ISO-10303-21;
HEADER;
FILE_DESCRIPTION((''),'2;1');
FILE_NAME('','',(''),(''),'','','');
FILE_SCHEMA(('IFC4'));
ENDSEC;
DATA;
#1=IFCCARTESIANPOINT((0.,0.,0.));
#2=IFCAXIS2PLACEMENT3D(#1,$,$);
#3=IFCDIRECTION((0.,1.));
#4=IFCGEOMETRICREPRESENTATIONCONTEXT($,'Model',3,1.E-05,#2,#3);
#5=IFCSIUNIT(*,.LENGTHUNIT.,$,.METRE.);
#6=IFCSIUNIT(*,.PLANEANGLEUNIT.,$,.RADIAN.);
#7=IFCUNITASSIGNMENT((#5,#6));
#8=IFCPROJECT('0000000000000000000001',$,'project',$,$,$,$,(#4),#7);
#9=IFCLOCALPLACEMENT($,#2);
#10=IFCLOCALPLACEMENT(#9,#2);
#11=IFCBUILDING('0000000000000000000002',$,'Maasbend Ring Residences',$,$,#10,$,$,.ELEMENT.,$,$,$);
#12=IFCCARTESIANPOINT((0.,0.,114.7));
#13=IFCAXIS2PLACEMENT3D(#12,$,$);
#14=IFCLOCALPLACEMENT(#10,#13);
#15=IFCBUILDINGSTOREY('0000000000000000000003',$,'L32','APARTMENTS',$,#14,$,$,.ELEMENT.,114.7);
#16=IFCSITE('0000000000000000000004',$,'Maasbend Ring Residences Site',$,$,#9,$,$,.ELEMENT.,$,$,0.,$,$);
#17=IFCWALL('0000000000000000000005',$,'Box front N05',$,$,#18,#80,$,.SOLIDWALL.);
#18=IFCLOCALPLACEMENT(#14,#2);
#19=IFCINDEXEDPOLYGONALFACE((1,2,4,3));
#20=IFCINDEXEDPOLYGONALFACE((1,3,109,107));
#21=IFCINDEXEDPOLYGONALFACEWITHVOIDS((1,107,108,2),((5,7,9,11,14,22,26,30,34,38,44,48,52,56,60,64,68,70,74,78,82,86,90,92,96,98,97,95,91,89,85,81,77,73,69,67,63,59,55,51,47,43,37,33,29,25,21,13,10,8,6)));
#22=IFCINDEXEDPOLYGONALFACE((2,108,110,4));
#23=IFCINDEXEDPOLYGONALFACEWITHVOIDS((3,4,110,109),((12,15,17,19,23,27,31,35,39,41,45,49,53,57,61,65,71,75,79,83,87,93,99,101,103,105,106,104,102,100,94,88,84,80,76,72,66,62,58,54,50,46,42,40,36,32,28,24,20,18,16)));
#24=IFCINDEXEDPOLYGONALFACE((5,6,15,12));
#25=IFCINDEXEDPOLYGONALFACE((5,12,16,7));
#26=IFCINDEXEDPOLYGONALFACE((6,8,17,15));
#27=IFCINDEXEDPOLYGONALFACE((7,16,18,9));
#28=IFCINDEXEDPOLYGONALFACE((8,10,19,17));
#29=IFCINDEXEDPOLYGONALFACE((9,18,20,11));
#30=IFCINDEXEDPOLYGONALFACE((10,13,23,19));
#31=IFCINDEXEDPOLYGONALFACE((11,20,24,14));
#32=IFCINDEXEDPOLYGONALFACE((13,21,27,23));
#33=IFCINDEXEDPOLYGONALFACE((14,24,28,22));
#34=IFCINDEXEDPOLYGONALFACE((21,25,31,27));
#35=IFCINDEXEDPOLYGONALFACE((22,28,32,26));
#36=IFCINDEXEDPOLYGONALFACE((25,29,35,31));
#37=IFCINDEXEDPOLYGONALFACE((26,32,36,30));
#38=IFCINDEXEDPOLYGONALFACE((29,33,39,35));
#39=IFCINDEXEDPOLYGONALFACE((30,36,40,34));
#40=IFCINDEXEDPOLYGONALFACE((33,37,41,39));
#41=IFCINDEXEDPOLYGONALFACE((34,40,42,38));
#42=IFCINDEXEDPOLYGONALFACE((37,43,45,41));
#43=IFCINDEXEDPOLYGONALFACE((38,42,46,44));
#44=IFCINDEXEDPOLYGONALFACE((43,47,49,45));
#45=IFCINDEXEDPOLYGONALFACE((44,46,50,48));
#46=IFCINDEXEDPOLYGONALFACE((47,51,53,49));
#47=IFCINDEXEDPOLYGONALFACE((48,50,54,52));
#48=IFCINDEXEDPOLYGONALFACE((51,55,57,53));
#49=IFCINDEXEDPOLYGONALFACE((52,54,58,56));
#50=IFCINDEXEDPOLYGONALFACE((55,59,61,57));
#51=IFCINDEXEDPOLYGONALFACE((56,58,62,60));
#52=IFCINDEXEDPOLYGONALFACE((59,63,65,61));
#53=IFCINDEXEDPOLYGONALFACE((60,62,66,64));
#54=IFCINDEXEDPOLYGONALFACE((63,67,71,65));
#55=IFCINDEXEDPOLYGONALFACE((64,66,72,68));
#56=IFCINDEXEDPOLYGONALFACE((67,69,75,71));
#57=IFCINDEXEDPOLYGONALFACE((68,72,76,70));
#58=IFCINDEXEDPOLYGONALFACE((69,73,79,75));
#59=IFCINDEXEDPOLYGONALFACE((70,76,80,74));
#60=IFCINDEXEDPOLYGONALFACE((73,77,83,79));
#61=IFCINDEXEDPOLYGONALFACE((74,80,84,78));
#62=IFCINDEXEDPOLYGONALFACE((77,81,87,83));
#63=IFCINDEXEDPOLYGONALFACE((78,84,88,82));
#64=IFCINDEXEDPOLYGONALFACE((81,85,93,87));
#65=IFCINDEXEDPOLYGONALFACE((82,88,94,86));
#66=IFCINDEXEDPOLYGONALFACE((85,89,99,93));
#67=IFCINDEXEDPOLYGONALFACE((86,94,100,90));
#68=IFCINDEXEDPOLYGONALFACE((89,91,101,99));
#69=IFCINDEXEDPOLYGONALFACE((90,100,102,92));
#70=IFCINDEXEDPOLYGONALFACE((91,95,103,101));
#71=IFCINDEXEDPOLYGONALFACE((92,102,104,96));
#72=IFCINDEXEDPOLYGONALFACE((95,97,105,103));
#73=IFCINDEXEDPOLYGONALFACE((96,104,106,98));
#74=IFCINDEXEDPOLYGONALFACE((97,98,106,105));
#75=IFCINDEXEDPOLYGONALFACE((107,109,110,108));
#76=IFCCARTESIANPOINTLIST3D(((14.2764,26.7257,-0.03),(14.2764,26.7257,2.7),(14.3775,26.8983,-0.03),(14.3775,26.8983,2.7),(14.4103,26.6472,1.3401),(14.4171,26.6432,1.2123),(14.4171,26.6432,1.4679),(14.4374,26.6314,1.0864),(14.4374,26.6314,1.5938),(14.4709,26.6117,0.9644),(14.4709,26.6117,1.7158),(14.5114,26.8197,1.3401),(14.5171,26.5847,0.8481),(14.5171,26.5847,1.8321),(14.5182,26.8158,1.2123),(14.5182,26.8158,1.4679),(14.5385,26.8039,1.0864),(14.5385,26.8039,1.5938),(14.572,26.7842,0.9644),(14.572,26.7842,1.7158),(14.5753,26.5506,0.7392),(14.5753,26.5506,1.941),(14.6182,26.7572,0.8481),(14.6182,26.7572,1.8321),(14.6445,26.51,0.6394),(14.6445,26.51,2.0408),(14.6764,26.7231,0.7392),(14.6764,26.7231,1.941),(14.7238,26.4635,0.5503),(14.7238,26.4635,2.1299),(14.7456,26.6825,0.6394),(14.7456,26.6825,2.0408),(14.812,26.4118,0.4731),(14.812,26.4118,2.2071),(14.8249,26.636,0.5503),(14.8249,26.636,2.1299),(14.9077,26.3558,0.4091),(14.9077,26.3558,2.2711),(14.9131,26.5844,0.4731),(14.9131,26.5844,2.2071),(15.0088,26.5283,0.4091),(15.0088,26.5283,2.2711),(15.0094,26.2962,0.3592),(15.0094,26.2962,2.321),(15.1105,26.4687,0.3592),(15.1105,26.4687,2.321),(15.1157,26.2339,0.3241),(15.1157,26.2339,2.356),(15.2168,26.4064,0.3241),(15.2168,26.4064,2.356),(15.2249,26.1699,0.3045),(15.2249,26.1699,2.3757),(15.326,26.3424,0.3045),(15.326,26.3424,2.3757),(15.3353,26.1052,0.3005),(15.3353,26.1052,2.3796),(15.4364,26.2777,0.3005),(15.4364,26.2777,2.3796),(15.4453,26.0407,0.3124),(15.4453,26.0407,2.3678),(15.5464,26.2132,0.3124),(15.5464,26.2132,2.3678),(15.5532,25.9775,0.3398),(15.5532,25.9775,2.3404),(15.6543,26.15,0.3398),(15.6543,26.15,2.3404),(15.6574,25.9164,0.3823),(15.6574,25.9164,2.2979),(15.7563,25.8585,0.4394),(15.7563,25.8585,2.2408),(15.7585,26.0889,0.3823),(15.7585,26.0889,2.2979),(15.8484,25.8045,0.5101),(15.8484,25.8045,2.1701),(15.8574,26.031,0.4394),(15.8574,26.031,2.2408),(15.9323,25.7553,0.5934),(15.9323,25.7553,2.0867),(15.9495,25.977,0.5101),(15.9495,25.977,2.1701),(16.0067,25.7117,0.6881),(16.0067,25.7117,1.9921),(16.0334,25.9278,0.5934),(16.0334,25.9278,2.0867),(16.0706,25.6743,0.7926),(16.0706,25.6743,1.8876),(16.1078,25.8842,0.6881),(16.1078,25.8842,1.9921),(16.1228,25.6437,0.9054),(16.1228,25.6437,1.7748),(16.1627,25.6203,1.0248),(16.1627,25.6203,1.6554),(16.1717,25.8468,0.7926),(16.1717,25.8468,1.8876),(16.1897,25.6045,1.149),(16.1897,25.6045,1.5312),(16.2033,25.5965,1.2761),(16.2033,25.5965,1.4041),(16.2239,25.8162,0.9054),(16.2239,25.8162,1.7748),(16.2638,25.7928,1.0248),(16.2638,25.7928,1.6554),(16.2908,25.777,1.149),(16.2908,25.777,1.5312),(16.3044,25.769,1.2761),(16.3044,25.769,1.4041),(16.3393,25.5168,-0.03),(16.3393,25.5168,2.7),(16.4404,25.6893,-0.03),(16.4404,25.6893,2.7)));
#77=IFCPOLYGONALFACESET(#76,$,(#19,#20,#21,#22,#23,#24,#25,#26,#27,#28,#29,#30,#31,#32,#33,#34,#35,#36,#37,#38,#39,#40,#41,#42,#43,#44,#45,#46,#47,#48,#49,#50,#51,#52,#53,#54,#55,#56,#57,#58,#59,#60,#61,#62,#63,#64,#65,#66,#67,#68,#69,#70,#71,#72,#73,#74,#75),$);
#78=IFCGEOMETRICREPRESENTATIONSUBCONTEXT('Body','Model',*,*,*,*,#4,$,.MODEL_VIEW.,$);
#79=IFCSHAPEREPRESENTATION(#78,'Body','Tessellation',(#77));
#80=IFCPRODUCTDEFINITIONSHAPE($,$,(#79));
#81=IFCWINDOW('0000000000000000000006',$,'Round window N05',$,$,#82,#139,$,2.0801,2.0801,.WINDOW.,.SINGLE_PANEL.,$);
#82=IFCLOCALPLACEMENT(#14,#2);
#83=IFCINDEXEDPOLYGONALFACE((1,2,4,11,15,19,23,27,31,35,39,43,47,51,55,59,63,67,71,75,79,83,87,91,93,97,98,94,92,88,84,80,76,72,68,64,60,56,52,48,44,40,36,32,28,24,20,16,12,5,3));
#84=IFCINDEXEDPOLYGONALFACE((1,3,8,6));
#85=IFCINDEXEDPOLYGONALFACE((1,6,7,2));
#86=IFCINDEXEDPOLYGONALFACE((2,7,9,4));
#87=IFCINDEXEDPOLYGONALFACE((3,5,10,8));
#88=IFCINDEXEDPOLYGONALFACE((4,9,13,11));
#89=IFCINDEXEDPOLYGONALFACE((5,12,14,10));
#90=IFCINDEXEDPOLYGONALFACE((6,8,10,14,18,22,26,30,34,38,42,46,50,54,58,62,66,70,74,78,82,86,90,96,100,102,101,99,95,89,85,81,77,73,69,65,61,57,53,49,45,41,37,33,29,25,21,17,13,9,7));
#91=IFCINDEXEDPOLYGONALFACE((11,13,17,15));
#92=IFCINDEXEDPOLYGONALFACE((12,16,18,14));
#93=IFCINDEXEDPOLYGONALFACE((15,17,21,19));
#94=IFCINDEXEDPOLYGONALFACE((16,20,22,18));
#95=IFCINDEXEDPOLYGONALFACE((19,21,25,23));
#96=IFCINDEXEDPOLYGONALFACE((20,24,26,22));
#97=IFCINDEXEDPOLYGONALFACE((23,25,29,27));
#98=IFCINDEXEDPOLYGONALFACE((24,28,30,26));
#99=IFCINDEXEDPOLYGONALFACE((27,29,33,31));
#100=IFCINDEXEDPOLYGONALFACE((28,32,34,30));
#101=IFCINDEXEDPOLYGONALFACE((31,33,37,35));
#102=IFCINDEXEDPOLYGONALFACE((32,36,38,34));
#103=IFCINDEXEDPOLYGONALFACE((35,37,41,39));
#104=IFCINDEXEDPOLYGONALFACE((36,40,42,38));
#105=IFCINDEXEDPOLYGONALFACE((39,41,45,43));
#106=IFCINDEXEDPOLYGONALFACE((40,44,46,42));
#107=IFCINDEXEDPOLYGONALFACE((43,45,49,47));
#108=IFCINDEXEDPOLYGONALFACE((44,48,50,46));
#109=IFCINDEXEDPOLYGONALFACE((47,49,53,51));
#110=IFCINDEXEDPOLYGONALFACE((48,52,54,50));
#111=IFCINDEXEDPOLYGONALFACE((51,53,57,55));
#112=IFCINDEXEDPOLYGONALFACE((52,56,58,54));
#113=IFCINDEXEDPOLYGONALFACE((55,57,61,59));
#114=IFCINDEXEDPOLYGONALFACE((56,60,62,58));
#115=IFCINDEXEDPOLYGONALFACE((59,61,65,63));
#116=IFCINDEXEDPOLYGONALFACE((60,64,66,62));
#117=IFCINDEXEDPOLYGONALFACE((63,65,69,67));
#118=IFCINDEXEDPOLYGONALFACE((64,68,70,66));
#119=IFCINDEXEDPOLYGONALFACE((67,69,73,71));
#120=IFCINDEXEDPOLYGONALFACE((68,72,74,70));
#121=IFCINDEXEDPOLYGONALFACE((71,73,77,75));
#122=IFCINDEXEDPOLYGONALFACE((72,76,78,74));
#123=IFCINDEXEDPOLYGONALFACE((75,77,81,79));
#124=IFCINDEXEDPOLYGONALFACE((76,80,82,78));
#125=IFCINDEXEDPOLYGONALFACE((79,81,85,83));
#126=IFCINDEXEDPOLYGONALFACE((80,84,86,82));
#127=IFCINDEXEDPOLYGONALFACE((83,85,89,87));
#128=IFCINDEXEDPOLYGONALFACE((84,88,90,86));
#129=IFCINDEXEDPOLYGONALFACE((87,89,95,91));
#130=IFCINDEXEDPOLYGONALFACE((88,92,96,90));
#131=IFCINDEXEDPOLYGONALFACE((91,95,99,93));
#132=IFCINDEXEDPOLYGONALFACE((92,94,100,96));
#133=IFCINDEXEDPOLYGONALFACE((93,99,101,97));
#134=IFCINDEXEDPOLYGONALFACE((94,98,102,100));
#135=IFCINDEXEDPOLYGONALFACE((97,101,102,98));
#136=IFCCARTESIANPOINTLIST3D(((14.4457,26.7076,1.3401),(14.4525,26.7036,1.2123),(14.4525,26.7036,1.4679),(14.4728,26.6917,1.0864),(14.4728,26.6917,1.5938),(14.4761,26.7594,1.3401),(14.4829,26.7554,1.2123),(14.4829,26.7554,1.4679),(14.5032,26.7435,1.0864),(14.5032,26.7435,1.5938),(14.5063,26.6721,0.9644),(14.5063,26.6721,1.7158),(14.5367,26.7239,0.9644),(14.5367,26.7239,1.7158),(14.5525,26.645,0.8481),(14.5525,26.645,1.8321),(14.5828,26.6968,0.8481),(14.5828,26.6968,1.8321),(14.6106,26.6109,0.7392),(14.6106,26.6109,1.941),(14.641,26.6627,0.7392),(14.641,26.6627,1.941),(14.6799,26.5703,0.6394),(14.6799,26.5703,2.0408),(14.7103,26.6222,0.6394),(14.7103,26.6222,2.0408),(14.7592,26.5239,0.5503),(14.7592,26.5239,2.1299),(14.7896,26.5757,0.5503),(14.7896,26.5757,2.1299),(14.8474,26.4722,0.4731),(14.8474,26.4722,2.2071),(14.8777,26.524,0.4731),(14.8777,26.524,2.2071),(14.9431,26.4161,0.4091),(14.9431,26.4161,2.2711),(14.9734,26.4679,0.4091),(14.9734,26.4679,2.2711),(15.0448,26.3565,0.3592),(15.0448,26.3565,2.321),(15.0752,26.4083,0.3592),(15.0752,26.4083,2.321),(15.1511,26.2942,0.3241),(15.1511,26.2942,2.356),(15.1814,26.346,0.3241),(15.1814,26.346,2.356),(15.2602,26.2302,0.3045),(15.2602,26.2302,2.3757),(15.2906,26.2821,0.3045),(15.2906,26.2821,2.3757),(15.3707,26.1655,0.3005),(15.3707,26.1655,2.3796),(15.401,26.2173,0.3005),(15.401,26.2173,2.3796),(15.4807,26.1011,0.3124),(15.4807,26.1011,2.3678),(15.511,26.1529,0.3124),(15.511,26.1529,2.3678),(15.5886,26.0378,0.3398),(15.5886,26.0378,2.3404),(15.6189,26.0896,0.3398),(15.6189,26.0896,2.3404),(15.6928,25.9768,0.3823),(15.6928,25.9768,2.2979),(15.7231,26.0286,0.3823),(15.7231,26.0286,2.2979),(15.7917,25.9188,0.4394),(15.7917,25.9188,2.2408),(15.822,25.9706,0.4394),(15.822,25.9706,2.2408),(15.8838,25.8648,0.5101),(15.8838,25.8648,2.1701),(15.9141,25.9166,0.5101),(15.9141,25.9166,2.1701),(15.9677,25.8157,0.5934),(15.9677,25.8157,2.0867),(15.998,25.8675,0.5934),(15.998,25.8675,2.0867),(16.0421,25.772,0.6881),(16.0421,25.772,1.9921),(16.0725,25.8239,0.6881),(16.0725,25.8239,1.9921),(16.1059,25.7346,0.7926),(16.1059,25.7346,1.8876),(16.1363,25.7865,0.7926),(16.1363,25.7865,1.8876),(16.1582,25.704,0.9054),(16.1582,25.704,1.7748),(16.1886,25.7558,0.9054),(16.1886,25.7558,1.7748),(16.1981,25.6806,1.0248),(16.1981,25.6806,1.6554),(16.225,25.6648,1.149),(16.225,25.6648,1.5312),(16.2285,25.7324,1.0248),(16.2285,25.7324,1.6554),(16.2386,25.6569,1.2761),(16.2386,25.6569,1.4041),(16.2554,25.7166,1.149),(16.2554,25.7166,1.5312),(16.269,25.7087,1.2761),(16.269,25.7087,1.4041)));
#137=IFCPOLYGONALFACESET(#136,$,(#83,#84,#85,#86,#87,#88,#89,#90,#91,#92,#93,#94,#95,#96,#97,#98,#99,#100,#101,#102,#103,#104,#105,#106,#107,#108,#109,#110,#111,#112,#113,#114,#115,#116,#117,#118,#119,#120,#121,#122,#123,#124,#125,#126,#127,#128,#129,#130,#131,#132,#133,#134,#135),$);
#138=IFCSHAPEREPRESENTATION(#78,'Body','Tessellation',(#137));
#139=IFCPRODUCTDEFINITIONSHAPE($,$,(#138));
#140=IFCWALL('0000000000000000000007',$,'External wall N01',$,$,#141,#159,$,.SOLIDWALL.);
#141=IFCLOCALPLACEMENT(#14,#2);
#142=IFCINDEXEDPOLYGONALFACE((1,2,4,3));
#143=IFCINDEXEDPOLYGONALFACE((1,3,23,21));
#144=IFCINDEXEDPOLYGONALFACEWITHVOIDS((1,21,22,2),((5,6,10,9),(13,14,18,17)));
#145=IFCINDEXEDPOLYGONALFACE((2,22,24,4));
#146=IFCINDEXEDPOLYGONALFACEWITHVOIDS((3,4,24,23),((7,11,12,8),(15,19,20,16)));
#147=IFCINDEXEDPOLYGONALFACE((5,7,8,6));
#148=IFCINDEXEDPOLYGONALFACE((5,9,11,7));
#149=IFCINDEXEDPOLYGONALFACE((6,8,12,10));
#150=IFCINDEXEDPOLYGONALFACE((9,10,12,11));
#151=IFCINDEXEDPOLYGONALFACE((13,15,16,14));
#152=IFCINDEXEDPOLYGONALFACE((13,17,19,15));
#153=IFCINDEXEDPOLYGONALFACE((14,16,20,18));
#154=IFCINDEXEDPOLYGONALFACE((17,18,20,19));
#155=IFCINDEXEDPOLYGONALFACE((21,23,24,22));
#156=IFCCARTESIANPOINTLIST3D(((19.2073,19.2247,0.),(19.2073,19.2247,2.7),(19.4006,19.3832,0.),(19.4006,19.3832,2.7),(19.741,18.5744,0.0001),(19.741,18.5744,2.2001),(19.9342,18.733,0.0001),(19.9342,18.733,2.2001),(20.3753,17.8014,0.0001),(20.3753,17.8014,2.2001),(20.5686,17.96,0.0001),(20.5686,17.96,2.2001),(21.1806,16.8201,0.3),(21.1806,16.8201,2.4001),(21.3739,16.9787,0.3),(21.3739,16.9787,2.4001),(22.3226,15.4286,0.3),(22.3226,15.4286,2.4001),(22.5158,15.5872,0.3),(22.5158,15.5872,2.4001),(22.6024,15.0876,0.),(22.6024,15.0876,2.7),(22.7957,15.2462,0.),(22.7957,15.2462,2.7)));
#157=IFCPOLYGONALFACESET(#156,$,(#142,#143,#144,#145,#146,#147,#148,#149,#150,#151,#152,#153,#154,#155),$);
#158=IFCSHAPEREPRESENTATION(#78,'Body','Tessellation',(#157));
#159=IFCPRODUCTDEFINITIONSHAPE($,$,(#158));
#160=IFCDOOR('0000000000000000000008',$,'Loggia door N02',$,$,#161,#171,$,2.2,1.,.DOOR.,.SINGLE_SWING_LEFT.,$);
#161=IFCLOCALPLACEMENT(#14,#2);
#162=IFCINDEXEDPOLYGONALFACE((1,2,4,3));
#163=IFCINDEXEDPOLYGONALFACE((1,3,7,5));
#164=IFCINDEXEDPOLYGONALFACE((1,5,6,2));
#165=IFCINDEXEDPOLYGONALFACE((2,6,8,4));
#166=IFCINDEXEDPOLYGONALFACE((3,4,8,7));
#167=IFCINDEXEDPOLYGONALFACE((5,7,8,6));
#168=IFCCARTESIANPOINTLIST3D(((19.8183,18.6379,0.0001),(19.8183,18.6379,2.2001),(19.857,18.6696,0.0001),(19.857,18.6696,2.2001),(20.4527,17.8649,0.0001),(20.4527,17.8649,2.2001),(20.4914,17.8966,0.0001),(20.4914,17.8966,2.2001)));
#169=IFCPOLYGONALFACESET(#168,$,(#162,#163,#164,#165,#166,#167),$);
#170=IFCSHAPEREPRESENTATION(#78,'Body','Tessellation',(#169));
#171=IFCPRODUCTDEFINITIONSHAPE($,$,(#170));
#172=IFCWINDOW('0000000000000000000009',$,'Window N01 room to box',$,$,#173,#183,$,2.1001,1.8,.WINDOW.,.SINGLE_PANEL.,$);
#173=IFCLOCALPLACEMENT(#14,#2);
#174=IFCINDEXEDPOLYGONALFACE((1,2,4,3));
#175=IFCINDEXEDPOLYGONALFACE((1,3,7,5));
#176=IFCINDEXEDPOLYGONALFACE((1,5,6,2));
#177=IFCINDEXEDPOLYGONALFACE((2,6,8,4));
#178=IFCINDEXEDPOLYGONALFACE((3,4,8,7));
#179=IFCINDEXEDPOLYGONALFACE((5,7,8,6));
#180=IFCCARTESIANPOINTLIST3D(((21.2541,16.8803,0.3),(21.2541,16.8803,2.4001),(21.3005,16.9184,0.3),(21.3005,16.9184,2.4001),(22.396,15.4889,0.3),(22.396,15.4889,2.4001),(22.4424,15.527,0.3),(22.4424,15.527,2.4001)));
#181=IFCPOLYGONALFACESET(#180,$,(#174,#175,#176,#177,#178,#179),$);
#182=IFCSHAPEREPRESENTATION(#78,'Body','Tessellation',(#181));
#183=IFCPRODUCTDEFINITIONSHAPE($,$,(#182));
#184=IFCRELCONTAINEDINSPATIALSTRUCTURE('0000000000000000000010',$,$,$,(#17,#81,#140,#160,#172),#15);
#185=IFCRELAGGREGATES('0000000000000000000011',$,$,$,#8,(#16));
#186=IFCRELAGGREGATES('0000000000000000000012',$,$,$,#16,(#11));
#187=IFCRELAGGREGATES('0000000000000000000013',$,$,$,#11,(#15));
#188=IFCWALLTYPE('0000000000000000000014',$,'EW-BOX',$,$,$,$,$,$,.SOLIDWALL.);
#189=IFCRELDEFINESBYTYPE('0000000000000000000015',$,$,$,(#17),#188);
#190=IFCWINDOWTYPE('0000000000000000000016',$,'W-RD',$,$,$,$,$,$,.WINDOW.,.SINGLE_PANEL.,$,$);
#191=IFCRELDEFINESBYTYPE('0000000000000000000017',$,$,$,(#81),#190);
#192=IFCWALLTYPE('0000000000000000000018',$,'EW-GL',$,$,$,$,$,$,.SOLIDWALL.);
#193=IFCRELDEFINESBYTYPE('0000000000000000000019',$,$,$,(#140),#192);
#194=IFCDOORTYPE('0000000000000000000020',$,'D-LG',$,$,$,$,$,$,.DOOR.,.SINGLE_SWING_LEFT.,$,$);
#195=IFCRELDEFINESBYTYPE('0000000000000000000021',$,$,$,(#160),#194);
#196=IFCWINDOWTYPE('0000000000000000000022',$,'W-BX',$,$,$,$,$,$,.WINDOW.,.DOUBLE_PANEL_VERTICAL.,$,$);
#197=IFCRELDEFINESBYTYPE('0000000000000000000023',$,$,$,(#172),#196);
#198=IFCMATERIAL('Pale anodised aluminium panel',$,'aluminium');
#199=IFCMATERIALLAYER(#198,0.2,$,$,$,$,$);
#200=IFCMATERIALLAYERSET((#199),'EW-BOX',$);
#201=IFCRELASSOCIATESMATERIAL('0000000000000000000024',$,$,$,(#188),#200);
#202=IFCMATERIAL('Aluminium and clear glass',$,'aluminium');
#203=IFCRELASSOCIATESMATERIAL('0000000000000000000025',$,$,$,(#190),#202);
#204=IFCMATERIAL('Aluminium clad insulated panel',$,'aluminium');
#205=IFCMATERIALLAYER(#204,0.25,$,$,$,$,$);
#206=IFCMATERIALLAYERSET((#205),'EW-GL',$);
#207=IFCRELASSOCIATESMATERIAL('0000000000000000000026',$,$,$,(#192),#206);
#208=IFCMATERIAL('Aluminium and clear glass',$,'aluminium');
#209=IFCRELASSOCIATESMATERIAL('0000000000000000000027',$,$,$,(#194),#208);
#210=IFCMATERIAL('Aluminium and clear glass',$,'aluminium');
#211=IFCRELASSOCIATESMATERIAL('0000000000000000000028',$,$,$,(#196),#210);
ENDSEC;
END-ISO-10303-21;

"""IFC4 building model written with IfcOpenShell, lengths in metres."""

from ifc_helpers import new_model, si_unit, direction, frame, frame_2d, origin, place, context, subcontext, project, spatial, rectangle, circle, extrude, material, layer, layer_set, type_object, element, fill, save


model = new_model("IFC4")

# Units and contexts
model_context = context("Model", 3, precision=1e-05, world=origin(), true_north=direction((0.0, 1.0)))
body_context = subcontext(model_context, "Body", "Model", "MODEL_VIEW")
ifc_project = project(units=[si_unit("LENGTHUNIT", "METRE"), si_unit("PLANEANGLEUNIT", "RADIAN")], contexts=[model_context])

# Site, building, storey
site_placement = place(None, origin())
site = spatial("IfcSite", under=ifc_project, at=site_placement, Name="Maasbend Ring Residences Site", CompositionType="ELEMENT", RefElevation=0.0)
building_placement = place(site_placement, origin())
building = spatial("IfcBuilding", under=site, at=building_placement, Name="Maasbend Ring Residences", CompositionType="ELEMENT")
storey_placement = place(building_placement, frame((0.0, 0.0, 114.7)))
storey = spatial("IfcBuildingStorey", under=building, at=storey_placement, Name="L32", Description="APARTMENTS", CompositionType="ELEMENT", Elevation=114.7)

# Shared definitions
ifc_material_1 = material(Name="Pale anodised aluminium panel", Category="aluminium")
ifc_layer_1 = layer(ifc_material_1, 0.2)
ifc_layer_set_1 = layer_set([ifc_layer_1], Name="EW-BOX")
wall_type_1 = type_object("IfcWallType", Name="EW-BOX", PredefinedType="SOLIDWALL", material=ifc_layer_set_1)
ifc_material_2 = material(Name="Aluminium and clear glass", Category="aluminium")
window_type_1 = type_object("IfcWindowType", Name="W-RD", PartitioningType="SINGLE_PANEL", PredefinedType="WINDOW", material=ifc_material_2)

# Wall, opening, window
wall_1_placement = place(storey_placement, frame((16.3899, 25.603, -0.03), z_axis=(0.0, 0.0, 1.0), x_axis=(-0.862762, 0.505609, 0.0)))
wall_1 = element("IfcWall", 1, at=wall_1_placement, inside=storey, type_object=wall_type_1, Name="Box front N05", PredefinedType="SOLIDWALL", context=body_context, shape_type="SweptSolid", body=[
    extrude(rectangle(XDim=2.3911, YDim=0.2, at=frame_2d((1.1956, 0.0))), origin(), (0.0, 0.0, 1.0), 2.73),
])
opening_1_placement = place(wall_1_placement, frame((0.1558, 0.0, 0.3301)))
opening_1 = element("IfcOpeningElement", 2, at=opening_1_placement, cuts=wall_1, PredefinedType="OPENING", context=body_context, shape_type="SweptSolid", body=[
    extrude(circle(Radius=1.04, at=frame_2d((1.04, 1.04))), frame((0.0, 0.1099, 0.0), z_axis=(0.0, -1.0, 0.0), x_axis=(1.0, 0.0, 0.0)), (0.0, 0.0, 1.0), 0.22),
])
window_1_placement = place(opening_1_placement, origin())
window_1 = element("IfcWindow", 3, at=window_1_placement, inside=storey, type_object=window_type_1, Name="Round window N05", OverallHeight=2.0801, OverallWidth=2.0801, PartitioningType="SINGLE_PANEL", PredefinedType="WINDOW", context=body_context, shape_type="SweptSolid", body=[
    extrude(circle(Radius=1.04, at=frame_2d((1.04, 1.04))), frame((0.0, 0.03, 0.0), z_axis=(0.0, -1.0, 0.0), x_axis=(1.0, 0.0, 0.0)), (0.0, 0.0, 1.0), 0.0601),
])
fill(opening_1, window_1)

# Wall, openings, door, window
ifc_material_3 = material(Name="Aluminium clad insulated panel", Category="aluminium")
ifc_layer_2 = layer(ifc_material_3, 0.25)
ifc_layer_set_2 = layer_set([ifc_layer_2], Name="EW-GL")
wall_type_2 = type_object("IfcWallType", Name="EW-GL", PredefinedType="SOLIDWALL", material=ifc_layer_set_2)
wall_2_placement = place(storey_placement, frame((22.699, 15.167, 0.0), z_axis=(0.0, 0.0, 1.0), x_axis=(-0.634382, 0.773019, 0.0)))
wall_2 = element("IfcWall", 4, at=wall_2_placement, inside=storey, type_object=wall_type_2, Name="External wall N01", PredefinedType="SOLIDWALL", context=body_context, shape_type="SweptSolid", body=[
    extrude(rectangle(XDim=5.3518, YDim=0.25, at=frame_2d((2.6758, 0.0))), origin(), (0.0, 0.0, 1.0), 2.7),
])
opening_2_placement = place(wall_2_placement, frame((0.4412, 0.0, 0.3)))
opening_2 = element("IfcOpeningElement", 5, at=opening_2_placement, cuts=wall_2, PredefinedType="OPENING", context=body_context, shape_type="SweptSolid", body=[
    extrude(rectangle(XDim=1.8, YDim=2.1001, at=frame_2d((0.8999, 1.05))), frame((0.0, 0.135, 0.0), z_axis=(0.0, -1.0, 0.0), x_axis=(1.0, 0.0, 0.0)), (0.0, 0.0, 1.0), 0.27),
])
opening_3_placement = place(wall_2_placement, frame((3.5105, 0.0, 0.0)))
opening_3 = element("IfcOpeningElement", 6, at=opening_3_placement, cuts=wall_2, PredefinedType="OPENING", context=body_context, shape_type="SweptSolid", body=[
    extrude(rectangle(XDim=1.0, YDim=2.2, at=frame_2d((0.5, 1.1001))), frame((0.0, 0.135, 0.0), z_axis=(0.0, -1.0, 0.0), x_axis=(1.0, 0.0, 0.0)), (0.0, 0.0, 1.0), 0.27),
])
ifc_material_4 = material(Name="Aluminium and clear glass", Category="aluminium")
door_type = type_object("IfcDoorType", Name="D-LG", OperationType="SINGLE_SWING_LEFT", PredefinedType="DOOR", material=ifc_material_4)
door_1_placement = place(opening_3_placement, origin())
door_1 = element("IfcDoor", 7, at=door_1_placement, inside=storey, type_object=door_type, Name="Loggia door N02", OperationType="SINGLE_SWING_LEFT", OverallHeight=2.2, OverallWidth=1.0, PredefinedType="DOOR", context=body_context, shape_type="SweptSolid", body=[
    extrude(rectangle(XDim=1.0, YDim=2.2, at=frame_2d((0.5, 1.1001))), frame((0.0, 0.0249, 0.0), z_axis=(0.0, -1.0, 0.0), x_axis=(1.0, 0.0, 0.0)), (0.0, 0.0, 1.0), 0.05),
])
fill(opening_3, door_1)
ifc_material_5 = material(Name="Aluminium and clear glass", Category="aluminium")
window_type_2 = type_object("IfcWindowType", Name="W-BX", PartitioningType="DOUBLE_PANEL_VERTICAL", PredefinedType="WINDOW", material=ifc_material_5)
window_2_placement = place(opening_2_placement, origin())
window_2 = element("IfcWindow", 8, at=window_2_placement, inside=storey, type_object=window_type_2, Name="Window N01 room to box", OverallHeight=2.1001, OverallWidth=1.8, PartitioningType="SINGLE_PANEL", PredefinedType="WINDOW", context=body_context, shape_type="SweptSolid", body=[
    extrude(rectangle(XDim=1.8, YDim=2.1001, at=frame_2d((0.8999, 1.05))), frame((0.0, 0.03, 0.0), z_axis=(0.0, -1.0, 0.0), x_axis=(1.0, 0.0, 0.0)), (0.0, 0.0, 1.0), 0.0601),
])
fill(opening_2, window_2)

save(model, "model.ifc")
